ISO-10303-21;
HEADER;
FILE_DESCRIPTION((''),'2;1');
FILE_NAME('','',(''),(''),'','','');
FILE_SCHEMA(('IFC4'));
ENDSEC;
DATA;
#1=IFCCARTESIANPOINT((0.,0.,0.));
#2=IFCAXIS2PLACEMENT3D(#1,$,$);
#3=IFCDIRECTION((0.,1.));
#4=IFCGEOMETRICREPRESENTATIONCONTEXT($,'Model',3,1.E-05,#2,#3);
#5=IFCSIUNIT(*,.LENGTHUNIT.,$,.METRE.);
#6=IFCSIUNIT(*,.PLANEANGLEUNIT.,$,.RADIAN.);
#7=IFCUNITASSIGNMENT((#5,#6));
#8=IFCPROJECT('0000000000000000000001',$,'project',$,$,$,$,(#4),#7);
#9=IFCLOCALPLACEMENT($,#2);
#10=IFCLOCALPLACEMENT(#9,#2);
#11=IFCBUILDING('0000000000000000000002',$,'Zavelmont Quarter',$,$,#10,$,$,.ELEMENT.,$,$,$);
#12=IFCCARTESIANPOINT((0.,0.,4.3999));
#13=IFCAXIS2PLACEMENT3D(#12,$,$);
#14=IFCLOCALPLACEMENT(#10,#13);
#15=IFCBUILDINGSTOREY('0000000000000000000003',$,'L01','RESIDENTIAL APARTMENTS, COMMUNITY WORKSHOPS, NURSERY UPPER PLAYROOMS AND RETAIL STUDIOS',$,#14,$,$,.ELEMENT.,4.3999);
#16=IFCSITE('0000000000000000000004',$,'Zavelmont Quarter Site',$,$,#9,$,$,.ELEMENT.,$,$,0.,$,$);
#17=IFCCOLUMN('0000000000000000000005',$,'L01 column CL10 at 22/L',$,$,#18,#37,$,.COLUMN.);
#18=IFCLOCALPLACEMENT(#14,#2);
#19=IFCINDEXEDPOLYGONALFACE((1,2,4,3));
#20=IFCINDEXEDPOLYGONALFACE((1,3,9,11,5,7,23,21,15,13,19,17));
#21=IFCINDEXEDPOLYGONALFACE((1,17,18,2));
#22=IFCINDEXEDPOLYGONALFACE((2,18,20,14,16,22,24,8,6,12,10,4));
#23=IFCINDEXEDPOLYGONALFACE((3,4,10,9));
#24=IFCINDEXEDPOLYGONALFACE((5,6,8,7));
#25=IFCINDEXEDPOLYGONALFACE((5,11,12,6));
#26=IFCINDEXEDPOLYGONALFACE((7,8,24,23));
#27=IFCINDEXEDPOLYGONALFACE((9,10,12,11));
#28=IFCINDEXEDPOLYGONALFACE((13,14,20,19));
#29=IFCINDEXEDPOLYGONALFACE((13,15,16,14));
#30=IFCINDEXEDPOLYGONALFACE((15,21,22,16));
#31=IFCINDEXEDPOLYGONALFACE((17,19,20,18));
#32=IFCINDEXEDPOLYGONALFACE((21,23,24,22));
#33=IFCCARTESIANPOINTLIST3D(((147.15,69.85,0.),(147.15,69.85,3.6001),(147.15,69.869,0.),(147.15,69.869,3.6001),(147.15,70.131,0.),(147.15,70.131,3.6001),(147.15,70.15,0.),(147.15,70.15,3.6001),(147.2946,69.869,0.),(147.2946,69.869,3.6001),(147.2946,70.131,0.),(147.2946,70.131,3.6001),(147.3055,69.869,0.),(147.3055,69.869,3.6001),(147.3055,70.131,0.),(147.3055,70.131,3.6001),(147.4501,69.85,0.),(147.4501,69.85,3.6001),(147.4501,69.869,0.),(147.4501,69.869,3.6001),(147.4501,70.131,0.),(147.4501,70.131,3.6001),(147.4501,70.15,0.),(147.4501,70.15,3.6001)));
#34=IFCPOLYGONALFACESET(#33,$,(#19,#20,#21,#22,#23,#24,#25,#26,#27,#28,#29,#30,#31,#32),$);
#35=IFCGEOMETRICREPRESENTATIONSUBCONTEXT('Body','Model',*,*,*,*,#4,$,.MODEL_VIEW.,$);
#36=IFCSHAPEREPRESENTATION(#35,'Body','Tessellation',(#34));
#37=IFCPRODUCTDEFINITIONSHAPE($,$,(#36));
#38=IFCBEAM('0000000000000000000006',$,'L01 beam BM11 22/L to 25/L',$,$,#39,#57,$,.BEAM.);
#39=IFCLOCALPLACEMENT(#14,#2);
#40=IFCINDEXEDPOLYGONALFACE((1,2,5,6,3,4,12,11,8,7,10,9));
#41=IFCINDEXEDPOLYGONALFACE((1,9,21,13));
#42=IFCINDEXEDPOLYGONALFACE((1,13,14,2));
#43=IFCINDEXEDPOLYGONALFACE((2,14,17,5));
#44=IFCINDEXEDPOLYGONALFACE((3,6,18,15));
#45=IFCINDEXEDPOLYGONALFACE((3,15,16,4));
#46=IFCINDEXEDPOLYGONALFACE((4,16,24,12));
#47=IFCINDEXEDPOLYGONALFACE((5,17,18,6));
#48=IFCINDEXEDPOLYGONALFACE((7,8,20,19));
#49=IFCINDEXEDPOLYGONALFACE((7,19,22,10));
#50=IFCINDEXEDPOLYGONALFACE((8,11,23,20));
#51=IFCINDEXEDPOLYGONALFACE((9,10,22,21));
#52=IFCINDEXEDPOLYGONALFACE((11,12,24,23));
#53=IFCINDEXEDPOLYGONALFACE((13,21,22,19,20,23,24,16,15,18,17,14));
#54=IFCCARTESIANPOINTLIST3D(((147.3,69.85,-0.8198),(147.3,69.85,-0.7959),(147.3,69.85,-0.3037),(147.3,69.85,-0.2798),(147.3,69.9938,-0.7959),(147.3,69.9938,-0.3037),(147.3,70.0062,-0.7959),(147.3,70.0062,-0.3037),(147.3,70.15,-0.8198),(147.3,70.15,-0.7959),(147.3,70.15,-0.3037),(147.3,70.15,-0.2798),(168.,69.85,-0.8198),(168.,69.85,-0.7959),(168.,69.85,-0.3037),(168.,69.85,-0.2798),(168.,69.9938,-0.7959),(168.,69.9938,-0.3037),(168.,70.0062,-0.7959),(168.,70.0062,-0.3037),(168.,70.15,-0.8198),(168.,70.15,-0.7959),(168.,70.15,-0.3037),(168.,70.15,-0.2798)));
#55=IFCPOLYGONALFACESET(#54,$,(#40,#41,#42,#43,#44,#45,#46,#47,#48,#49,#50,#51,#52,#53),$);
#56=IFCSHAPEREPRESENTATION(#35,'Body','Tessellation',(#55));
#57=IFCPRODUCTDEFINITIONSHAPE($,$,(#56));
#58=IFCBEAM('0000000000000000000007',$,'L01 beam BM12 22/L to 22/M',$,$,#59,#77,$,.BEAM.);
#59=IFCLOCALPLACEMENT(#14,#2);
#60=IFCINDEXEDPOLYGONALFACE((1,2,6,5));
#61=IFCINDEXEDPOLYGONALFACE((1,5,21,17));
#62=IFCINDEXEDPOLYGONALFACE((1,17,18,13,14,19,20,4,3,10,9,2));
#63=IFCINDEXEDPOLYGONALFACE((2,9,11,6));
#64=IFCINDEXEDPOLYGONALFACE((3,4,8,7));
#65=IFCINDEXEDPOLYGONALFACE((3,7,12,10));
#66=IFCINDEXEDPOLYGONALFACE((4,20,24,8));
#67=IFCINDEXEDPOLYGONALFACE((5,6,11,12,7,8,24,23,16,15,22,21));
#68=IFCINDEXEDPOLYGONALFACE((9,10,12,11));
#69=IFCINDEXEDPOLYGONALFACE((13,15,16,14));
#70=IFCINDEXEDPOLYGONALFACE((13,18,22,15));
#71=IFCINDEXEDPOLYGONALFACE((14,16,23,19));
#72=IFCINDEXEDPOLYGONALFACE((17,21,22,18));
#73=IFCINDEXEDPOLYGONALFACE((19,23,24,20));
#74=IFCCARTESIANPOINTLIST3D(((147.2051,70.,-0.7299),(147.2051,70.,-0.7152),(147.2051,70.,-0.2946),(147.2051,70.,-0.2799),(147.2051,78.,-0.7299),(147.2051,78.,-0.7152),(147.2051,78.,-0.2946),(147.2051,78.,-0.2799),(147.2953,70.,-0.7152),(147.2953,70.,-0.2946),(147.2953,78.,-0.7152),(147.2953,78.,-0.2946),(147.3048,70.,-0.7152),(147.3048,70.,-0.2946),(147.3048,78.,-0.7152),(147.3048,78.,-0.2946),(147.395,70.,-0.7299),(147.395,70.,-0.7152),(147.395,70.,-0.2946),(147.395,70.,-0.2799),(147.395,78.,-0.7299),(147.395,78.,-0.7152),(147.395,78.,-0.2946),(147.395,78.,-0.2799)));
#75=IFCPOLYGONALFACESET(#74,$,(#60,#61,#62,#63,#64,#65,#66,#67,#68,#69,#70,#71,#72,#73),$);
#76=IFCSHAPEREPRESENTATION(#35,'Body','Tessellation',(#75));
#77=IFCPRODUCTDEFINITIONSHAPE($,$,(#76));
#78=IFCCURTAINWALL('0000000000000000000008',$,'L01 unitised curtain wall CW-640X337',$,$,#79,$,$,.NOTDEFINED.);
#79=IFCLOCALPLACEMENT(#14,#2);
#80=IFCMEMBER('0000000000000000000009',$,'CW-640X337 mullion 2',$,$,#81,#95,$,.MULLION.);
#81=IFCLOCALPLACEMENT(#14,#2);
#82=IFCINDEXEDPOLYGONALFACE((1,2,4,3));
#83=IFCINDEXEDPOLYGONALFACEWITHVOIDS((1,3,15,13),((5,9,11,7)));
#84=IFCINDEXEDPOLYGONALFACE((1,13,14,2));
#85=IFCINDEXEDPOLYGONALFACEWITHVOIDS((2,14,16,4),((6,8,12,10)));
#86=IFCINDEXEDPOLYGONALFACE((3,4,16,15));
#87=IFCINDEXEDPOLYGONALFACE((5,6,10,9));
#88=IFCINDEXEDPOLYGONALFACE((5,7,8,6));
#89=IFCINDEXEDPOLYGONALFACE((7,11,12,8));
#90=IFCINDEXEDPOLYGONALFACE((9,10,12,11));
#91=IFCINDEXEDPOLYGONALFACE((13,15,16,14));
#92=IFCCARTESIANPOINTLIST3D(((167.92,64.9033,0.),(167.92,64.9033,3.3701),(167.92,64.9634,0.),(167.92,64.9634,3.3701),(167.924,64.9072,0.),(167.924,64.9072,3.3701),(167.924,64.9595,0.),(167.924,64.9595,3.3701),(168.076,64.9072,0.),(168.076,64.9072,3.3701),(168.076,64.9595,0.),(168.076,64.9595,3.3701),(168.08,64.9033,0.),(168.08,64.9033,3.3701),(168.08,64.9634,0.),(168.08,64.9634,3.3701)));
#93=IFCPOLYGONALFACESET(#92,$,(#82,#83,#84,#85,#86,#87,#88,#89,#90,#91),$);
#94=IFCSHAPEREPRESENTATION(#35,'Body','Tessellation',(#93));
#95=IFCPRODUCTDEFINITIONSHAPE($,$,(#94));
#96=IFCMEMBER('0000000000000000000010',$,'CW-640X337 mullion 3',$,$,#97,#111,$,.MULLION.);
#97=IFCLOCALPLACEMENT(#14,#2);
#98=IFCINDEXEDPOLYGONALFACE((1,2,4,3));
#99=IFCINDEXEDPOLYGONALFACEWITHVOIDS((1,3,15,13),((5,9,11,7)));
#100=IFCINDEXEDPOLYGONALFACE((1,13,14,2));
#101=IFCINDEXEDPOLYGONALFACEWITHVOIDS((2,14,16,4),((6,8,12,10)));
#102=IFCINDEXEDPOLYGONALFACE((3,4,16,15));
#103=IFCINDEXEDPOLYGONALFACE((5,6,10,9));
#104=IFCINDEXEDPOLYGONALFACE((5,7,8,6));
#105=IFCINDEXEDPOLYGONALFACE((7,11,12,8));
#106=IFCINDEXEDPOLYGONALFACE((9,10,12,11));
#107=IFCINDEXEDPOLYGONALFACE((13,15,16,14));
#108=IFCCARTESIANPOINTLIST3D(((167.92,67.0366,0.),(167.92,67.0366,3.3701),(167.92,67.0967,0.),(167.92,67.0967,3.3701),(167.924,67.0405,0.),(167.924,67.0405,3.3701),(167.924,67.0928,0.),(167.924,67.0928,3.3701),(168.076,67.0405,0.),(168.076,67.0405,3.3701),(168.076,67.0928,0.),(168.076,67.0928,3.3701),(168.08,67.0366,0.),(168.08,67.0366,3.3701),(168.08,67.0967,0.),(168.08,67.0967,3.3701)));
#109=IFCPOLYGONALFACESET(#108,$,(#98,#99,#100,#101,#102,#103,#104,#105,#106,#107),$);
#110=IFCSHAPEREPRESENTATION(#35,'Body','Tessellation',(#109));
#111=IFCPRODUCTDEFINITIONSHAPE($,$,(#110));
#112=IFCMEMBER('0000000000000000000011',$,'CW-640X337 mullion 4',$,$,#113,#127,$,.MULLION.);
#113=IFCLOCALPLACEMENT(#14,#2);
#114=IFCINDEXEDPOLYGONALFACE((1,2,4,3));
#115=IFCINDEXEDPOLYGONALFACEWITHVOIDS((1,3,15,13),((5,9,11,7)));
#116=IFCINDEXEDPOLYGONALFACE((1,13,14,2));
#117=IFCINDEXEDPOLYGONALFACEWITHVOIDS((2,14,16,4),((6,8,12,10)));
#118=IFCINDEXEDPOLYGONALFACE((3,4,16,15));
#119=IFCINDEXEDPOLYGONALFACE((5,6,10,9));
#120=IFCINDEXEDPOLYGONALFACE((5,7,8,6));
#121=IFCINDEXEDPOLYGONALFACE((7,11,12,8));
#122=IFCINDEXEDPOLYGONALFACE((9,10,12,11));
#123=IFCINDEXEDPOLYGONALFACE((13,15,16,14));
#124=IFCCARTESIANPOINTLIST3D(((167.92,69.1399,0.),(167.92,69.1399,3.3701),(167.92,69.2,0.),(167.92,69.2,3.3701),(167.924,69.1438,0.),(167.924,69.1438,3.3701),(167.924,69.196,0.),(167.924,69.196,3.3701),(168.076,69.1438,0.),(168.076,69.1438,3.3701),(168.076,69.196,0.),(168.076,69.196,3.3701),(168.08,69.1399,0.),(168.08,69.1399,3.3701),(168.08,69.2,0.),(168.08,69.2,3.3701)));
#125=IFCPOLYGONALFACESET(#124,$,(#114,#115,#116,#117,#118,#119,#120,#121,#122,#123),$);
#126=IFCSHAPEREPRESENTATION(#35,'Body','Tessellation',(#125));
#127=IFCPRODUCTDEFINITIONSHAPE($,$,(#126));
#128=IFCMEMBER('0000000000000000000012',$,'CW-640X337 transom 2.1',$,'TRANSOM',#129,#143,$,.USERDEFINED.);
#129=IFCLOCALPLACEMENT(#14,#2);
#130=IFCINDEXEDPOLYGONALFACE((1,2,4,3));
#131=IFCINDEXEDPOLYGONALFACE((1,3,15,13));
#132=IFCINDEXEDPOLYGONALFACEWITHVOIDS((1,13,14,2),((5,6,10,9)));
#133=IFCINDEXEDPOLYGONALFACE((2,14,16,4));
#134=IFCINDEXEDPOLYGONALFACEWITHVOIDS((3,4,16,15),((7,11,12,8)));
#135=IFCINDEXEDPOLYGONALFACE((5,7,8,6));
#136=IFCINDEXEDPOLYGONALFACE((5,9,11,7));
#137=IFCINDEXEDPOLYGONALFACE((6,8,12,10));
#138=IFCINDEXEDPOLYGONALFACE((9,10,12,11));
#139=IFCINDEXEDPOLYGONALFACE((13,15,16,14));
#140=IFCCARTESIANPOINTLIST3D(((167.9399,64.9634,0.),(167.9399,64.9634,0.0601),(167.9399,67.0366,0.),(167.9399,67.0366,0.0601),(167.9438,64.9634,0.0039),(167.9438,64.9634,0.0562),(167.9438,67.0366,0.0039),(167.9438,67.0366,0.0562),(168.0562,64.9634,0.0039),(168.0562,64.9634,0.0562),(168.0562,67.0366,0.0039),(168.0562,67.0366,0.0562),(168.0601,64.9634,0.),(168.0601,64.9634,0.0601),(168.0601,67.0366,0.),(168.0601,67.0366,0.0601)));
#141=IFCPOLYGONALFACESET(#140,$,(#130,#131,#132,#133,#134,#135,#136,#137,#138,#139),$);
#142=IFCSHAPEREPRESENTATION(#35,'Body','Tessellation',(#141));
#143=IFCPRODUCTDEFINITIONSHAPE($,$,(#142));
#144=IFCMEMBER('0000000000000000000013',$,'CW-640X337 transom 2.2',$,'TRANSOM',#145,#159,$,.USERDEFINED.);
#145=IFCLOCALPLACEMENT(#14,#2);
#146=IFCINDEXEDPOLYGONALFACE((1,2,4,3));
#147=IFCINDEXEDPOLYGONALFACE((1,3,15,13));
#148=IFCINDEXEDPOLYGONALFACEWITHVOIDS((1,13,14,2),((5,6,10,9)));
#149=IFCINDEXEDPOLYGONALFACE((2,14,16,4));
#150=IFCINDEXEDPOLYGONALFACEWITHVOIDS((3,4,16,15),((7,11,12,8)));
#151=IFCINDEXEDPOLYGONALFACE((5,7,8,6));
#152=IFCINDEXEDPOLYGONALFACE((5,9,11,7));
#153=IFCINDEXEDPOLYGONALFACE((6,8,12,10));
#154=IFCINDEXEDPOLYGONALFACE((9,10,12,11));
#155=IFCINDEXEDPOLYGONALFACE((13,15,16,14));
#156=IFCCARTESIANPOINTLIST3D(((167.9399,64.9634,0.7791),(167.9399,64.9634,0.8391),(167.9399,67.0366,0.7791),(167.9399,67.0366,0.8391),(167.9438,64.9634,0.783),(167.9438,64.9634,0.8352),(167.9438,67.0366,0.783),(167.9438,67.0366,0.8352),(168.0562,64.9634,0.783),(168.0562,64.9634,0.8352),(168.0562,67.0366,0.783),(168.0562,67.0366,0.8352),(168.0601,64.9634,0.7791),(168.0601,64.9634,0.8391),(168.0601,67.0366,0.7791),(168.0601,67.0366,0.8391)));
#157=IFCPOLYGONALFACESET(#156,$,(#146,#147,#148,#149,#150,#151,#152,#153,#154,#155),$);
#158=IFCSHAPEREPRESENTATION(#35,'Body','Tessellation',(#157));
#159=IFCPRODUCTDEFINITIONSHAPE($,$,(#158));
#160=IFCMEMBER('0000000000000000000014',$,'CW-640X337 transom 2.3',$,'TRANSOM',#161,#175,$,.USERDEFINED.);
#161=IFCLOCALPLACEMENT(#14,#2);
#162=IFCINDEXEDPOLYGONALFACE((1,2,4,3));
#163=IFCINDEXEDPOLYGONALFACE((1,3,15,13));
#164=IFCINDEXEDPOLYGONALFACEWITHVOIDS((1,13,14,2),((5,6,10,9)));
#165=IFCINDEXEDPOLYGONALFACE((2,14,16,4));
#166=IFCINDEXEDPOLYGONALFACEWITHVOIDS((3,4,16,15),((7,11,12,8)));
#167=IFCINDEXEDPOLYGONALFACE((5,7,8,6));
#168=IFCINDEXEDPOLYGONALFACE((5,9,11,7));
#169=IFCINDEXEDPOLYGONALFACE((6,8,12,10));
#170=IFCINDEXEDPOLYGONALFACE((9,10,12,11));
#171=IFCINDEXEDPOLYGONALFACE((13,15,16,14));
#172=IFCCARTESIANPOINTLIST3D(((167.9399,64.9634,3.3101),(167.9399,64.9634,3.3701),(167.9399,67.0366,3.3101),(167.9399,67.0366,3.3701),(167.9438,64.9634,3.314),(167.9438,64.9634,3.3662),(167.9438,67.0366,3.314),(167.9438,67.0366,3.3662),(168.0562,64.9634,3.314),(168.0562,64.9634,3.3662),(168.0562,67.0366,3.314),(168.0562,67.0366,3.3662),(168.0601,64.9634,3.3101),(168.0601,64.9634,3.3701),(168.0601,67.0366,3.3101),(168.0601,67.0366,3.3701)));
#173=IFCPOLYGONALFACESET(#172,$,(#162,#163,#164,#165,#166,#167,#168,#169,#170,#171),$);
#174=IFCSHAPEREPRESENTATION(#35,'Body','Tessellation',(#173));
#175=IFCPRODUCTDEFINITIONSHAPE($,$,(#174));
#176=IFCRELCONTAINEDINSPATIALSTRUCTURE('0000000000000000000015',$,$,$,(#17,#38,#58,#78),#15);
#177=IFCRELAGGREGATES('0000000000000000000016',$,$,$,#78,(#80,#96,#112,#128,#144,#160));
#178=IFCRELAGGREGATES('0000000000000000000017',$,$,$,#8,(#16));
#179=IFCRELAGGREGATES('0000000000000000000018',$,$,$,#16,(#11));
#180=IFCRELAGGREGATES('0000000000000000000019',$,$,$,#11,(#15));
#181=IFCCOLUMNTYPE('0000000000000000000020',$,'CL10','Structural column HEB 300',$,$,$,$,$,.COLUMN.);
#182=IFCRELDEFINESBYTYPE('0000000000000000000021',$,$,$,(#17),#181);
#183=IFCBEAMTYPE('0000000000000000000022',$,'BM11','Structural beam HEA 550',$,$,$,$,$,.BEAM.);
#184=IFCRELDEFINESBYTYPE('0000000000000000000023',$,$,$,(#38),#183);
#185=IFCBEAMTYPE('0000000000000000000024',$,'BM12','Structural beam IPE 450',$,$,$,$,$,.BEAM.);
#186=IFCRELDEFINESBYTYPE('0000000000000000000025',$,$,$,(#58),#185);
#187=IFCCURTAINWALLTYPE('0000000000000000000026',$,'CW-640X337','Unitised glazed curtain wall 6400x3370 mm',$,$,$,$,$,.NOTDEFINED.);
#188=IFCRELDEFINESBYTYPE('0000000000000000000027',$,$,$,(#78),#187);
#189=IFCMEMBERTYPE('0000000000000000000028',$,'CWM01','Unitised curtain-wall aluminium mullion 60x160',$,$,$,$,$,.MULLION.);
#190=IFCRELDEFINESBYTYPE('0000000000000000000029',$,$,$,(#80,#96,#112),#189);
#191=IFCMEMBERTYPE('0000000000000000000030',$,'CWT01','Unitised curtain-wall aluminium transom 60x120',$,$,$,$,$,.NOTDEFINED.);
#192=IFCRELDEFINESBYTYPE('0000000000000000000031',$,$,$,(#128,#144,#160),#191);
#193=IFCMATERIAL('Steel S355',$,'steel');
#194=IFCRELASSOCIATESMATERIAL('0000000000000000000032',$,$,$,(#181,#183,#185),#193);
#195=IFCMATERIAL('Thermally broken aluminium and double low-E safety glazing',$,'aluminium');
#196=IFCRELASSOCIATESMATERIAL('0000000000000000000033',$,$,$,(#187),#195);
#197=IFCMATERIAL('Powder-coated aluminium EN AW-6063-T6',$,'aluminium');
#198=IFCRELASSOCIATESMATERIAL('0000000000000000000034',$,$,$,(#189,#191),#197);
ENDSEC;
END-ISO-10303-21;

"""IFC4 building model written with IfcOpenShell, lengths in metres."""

from ifc_helpers import new_model, si_unit, direction, frame, origin, origin_2d, place, context, subcontext, project, spatial, hollow_rectangle, i_section, extrude, material, material_profile, profile_set, type_object, element, aggregate, save


model = new_model("IFC4")

# Units and contexts
model_context = context("Model", 3, precision=1e-05, world=origin(), true_north=direction((0.0, 1.0)))
body_context = subcontext(model_context, "Body", "Model", "MODEL_VIEW")
ifc_project = project(units=[si_unit("LENGTHUNIT", "METRE"), si_unit("PLANEANGLEUNIT", "RADIAN")], contexts=[model_context])

# Site, building, storey
site_placement = place(None, origin())
site = spatial("IfcSite", under=ifc_project, at=site_placement, Name="Zavelmont Quarter Site", CompositionType="ELEMENT", RefElevation=0.0)
building_placement = place(site_placement, origin())
building = spatial("IfcBuilding", under=site, at=building_placement, Name="Zavelmont Quarter", CompositionType="ELEMENT")
storey_placement = place(building_placement, frame((0.0, 0.0, 4.3999)))
storey = spatial("IfcBuildingStorey", under=building, at=storey_placement, Name="L01", Description="RESIDENTIAL APARTMENTS, COMMUNITY WORKSHOPS, NURSERY UPPER PLAYROOMS AND RETAIL STUDIOS", CompositionType="ELEMENT", Elevation=4.3999)

# Column
ifc_material_1 = material(Name="Steel S355", Category="steel")
ifc_material_profile_1 = material_profile(ifc_material_1, i_section(OverallWidth=0.3, OverallDepth=0.3, WebThickness=0.011, FlangeThickness=0.019, at=origin_2d()), Name="HEB 300")
ifc_profile_set_1 = profile_set([ifc_material_profile_1], Name="Steel S355")
column_type = type_object("IfcColumnType", Name="CL10", Description="Structural column HEB 300", PredefinedType="COLUMN", material=ifc_profile_set_1)
column_placement = place(storey_placement, frame((147.3, 70.0, 0.0), z_axis=(0.0, 0.0, 1.0), x_axis=(1.0, 0.0, 0.0)))
element("IfcColumn", 1, at=column_placement, inside=storey, type_object=column_type, Name="L01 column CL10 at 22/L", PredefinedType="COLUMN", context=body_context, shape_type="SweptSolid", body=[
    extrude(i_section(OverallWidth=0.3, OverallDepth=0.3, WebThickness=0.011, FlangeThickness=0.019, at=origin_2d()), origin(), (0.0, 0.0, 1.0), 3.6001),
])

# Beams
ifc_material_profile_2 = material_profile(ifc_material_1, i_section(OverallWidth=0.3, OverallDepth=0.54, WebThickness=0.0125, FlangeThickness=0.0239, at=origin_2d()), Name="HEA 550")
ifc_profile_set_2 = profile_set([ifc_material_profile_2], Name="Steel S355")
beam_type_1 = type_object("IfcBeamType", Name="BM11", Description="Structural beam HEA 550", PredefinedType="BEAM", material=ifc_profile_set_2)
beam_1_placement = place(storey_placement, frame((147.3, 70.0, -0.5498), z_axis=(1.0, 0.0, 0.0), x_axis=(0.0, 1.0, 0.0)))
element("IfcBeam", 2, at=beam_1_placement, inside=storey, type_object=beam_type_1, Name="L01 beam BM11 22/L to 25/L", PredefinedType="BEAM", context=body_context, shape_type="SweptSolid", body=[
    extrude(i_section(OverallWidth=0.3, OverallDepth=0.54, WebThickness=0.0125, FlangeThickness=0.0239, at=origin_2d()), origin(), (0.0, 0.0, 1.0), 20.7),
])
ifc_material_profile_3 = material_profile(ifc_material_1, i_section(OverallWidth=0.1899, OverallDepth=0.45, WebThickness=0.0095, FlangeThickness=0.0146, at=origin_2d()), Name="IPE 450")
ifc_profile_set_3 = profile_set([ifc_material_profile_3], Name="Steel S355")
beam_type_2 = type_object("IfcBeamType", Name="BM12", Description="Structural beam IPE 450", PredefinedType="BEAM", material=ifc_profile_set_3)
beam_2_placement = place(storey_placement, frame((147.3, 70.0, -0.5049), z_axis=(0.0, 1.0, 0.0), x_axis=(-1.0, 0.0, 0.0)))
element("IfcBeam", 3, at=beam_2_placement, inside=storey, type_object=beam_type_2, Name="L01 beam BM12 22/L to 22/M", PredefinedType="BEAM", context=body_context, shape_type="SweptSolid", body=[
    extrude(i_section(OverallWidth=0.1899, OverallDepth=0.45, WebThickness=0.0095, FlangeThickness=0.0146, at=origin_2d()), origin(), (0.0, 0.0, 1.0), 8.0),
])

# Curtain wall, members
ifc_material_2 = material(Name="Thermally broken aluminium and double low-E safety glazing", Category="aluminium")
curtain_wall_type = type_object("IfcCurtainWallType", Name="CW-640X337", Description="Unitised glazed curtain wall 6400x3370 mm", PredefinedType="NOTDEFINED", material=ifc_material_2)
curtain_wall_placement = place(storey_placement, origin())
curtain_wall = element("IfcCurtainWall", 4, at=curtain_wall_placement, inside=storey, type_object=curtain_wall_type, Name="L01 unitised curtain wall CW-640X337", PredefinedType="NOTDEFINED")
ifc_material_3 = material(Name="Powder-coated aluminium EN AW-6063-T6", Category="aluminium")
ifc_material_profile_4 = material_profile(ifc_material_3, hollow_rectangle(XDim=0.0601, YDim=0.1599, WallThickness=0.0039, at=origin_2d()), Name="CWM60X160")
ifc_profile_set_4 = profile_set([ifc_material_profile_4], Name="Powder-coated aluminium EN AW-6063-T6")
member_type_1 = type_object("IfcMemberType", Name="CWM01", Description="Unitised curtain-wall aluminium mullion 60x160", PredefinedType="MULLION", material=ifc_profile_set_4)
member_1_placement = place(storey_placement, frame((168.0, 64.9333, 0.0), z_axis=(0.0, 0.0, 1.0), x_axis=(0.0, 1.0, 0.0)))
member_1 = element("IfcMember", 5, at=member_1_placement, type_object=member_type_1, Name="CW-640X337 mullion 2", PredefinedType="MULLION", context=body_context, shape_type="SweptSolid", body=[
    extrude(hollow_rectangle(XDim=0.0601, YDim=0.1599, WallThickness=0.0039, at=origin_2d()), origin(), (0.0, 0.0, 1.0), 3.3701),
])
member_2_placement = place(storey_placement, frame((168.0, 67.0667, 0.0), z_axis=(0.0, 0.0, 1.0), x_axis=(0.0, 1.0, 0.0)))
member_2 = element("IfcMember", 6, at=member_2_placement, type_object=member_type_1, Name="CW-640X337 mullion 3", PredefinedType="MULLION", context=body_context, shape_type="SweptSolid", body=[
    extrude(hollow_rectangle(XDim=0.0601, YDim=0.1599, WallThickness=0.0039, at=origin_2d()), origin(), (0.0, 0.0, 1.0), 3.3701),
])
member_3_placement = place(storey_placement, frame((168.0, 69.1699, 0.0), z_axis=(0.0, 0.0, 1.0), x_axis=(0.0, 1.0, 0.0)))
member_3 = element("IfcMember", 7, at=member_3_placement, type_object=member_type_1, Name="CW-640X337 mullion 4", PredefinedType="MULLION", context=body_context, shape_type="SweptSolid", body=[
    extrude(hollow_rectangle(XDim=0.0601, YDim=0.1599, WallThickness=0.0039, at=origin_2d()), origin(), (0.0, 0.0, 1.0), 3.3701),
])
ifc_material_profile_5 = material_profile(ifc_material_3, hollow_rectangle(XDim=0.1201, YDim=0.0601, WallThickness=0.0039, at=origin_2d()), Name="CWT60X120")
ifc_profile_set_5 = profile_set([ifc_material_profile_5], Name="Powder-coated aluminium EN AW-6063-T6")
member_type_2 = type_object("IfcMemberType", Name="CWT01", Description="Unitised curtain-wall aluminium transom 60x120", PredefinedType="NOTDEFINED", material=ifc_profile_set_5)
member_4_placement = place(storey_placement, frame((168.0, 64.9634, 0.03), z_axis=(0.0, 1.0, 0.0), x_axis=(-1.0, 0.0, 0.0)))
member_4 = element("IfcMember", 8, at=member_4_placement, type_object=member_type_2, Name="CW-640X337 transom 2.1", ObjectType="TRANSOM", PredefinedType="USERDEFINED", context=body_context, shape_type="SweptSolid", body=[
    extrude(hollow_rectangle(XDim=0.1201, YDim=0.0601, WallThickness=0.0039, at=origin_2d()), origin(), (0.0, 0.0, 1.0), 2.0732),
])
member_5_placement = place(storey_placement, frame((168.0, 64.9634, 0.8091), z_axis=(0.0, 1.0, 0.0), x_axis=(-1.0, 0.0, 0.0)))
member_5 = element("IfcMember", 9, at=member_5_placement, type_object=member_type_2, Name="CW-640X337 transom 2.2", ObjectType="TRANSOM", PredefinedType="USERDEFINED", context=body_context, shape_type="SweptSolid", body=[
    extrude(hollow_rectangle(XDim=0.1201, YDim=0.0601, WallThickness=0.0039, at=origin_2d()), origin(), (0.0, 0.0, 1.0), 2.0732),
])
member_6_placement = place(storey_placement, frame((168.0, 64.9634, 3.3401), z_axis=(0.0, 1.0, 0.0), x_axis=(-1.0, 0.0, 0.0)))
member_6 = element("IfcMember", 10, at=member_6_placement, type_object=member_type_2, Name="CW-640X337 transom 2.3", ObjectType="TRANSOM", PredefinedType="USERDEFINED", context=body_context, shape_type="SweptSolid", body=[
    extrude(hollow_rectangle(XDim=0.1201, YDim=0.0601, WallThickness=0.0039, at=origin_2d()), origin(), (0.0, 0.0, 1.0), 2.0732),
])
aggregate(curtain_wall, [member_1, member_2, member_3, member_4, member_5, member_6])

save(model, "model.ifc")
